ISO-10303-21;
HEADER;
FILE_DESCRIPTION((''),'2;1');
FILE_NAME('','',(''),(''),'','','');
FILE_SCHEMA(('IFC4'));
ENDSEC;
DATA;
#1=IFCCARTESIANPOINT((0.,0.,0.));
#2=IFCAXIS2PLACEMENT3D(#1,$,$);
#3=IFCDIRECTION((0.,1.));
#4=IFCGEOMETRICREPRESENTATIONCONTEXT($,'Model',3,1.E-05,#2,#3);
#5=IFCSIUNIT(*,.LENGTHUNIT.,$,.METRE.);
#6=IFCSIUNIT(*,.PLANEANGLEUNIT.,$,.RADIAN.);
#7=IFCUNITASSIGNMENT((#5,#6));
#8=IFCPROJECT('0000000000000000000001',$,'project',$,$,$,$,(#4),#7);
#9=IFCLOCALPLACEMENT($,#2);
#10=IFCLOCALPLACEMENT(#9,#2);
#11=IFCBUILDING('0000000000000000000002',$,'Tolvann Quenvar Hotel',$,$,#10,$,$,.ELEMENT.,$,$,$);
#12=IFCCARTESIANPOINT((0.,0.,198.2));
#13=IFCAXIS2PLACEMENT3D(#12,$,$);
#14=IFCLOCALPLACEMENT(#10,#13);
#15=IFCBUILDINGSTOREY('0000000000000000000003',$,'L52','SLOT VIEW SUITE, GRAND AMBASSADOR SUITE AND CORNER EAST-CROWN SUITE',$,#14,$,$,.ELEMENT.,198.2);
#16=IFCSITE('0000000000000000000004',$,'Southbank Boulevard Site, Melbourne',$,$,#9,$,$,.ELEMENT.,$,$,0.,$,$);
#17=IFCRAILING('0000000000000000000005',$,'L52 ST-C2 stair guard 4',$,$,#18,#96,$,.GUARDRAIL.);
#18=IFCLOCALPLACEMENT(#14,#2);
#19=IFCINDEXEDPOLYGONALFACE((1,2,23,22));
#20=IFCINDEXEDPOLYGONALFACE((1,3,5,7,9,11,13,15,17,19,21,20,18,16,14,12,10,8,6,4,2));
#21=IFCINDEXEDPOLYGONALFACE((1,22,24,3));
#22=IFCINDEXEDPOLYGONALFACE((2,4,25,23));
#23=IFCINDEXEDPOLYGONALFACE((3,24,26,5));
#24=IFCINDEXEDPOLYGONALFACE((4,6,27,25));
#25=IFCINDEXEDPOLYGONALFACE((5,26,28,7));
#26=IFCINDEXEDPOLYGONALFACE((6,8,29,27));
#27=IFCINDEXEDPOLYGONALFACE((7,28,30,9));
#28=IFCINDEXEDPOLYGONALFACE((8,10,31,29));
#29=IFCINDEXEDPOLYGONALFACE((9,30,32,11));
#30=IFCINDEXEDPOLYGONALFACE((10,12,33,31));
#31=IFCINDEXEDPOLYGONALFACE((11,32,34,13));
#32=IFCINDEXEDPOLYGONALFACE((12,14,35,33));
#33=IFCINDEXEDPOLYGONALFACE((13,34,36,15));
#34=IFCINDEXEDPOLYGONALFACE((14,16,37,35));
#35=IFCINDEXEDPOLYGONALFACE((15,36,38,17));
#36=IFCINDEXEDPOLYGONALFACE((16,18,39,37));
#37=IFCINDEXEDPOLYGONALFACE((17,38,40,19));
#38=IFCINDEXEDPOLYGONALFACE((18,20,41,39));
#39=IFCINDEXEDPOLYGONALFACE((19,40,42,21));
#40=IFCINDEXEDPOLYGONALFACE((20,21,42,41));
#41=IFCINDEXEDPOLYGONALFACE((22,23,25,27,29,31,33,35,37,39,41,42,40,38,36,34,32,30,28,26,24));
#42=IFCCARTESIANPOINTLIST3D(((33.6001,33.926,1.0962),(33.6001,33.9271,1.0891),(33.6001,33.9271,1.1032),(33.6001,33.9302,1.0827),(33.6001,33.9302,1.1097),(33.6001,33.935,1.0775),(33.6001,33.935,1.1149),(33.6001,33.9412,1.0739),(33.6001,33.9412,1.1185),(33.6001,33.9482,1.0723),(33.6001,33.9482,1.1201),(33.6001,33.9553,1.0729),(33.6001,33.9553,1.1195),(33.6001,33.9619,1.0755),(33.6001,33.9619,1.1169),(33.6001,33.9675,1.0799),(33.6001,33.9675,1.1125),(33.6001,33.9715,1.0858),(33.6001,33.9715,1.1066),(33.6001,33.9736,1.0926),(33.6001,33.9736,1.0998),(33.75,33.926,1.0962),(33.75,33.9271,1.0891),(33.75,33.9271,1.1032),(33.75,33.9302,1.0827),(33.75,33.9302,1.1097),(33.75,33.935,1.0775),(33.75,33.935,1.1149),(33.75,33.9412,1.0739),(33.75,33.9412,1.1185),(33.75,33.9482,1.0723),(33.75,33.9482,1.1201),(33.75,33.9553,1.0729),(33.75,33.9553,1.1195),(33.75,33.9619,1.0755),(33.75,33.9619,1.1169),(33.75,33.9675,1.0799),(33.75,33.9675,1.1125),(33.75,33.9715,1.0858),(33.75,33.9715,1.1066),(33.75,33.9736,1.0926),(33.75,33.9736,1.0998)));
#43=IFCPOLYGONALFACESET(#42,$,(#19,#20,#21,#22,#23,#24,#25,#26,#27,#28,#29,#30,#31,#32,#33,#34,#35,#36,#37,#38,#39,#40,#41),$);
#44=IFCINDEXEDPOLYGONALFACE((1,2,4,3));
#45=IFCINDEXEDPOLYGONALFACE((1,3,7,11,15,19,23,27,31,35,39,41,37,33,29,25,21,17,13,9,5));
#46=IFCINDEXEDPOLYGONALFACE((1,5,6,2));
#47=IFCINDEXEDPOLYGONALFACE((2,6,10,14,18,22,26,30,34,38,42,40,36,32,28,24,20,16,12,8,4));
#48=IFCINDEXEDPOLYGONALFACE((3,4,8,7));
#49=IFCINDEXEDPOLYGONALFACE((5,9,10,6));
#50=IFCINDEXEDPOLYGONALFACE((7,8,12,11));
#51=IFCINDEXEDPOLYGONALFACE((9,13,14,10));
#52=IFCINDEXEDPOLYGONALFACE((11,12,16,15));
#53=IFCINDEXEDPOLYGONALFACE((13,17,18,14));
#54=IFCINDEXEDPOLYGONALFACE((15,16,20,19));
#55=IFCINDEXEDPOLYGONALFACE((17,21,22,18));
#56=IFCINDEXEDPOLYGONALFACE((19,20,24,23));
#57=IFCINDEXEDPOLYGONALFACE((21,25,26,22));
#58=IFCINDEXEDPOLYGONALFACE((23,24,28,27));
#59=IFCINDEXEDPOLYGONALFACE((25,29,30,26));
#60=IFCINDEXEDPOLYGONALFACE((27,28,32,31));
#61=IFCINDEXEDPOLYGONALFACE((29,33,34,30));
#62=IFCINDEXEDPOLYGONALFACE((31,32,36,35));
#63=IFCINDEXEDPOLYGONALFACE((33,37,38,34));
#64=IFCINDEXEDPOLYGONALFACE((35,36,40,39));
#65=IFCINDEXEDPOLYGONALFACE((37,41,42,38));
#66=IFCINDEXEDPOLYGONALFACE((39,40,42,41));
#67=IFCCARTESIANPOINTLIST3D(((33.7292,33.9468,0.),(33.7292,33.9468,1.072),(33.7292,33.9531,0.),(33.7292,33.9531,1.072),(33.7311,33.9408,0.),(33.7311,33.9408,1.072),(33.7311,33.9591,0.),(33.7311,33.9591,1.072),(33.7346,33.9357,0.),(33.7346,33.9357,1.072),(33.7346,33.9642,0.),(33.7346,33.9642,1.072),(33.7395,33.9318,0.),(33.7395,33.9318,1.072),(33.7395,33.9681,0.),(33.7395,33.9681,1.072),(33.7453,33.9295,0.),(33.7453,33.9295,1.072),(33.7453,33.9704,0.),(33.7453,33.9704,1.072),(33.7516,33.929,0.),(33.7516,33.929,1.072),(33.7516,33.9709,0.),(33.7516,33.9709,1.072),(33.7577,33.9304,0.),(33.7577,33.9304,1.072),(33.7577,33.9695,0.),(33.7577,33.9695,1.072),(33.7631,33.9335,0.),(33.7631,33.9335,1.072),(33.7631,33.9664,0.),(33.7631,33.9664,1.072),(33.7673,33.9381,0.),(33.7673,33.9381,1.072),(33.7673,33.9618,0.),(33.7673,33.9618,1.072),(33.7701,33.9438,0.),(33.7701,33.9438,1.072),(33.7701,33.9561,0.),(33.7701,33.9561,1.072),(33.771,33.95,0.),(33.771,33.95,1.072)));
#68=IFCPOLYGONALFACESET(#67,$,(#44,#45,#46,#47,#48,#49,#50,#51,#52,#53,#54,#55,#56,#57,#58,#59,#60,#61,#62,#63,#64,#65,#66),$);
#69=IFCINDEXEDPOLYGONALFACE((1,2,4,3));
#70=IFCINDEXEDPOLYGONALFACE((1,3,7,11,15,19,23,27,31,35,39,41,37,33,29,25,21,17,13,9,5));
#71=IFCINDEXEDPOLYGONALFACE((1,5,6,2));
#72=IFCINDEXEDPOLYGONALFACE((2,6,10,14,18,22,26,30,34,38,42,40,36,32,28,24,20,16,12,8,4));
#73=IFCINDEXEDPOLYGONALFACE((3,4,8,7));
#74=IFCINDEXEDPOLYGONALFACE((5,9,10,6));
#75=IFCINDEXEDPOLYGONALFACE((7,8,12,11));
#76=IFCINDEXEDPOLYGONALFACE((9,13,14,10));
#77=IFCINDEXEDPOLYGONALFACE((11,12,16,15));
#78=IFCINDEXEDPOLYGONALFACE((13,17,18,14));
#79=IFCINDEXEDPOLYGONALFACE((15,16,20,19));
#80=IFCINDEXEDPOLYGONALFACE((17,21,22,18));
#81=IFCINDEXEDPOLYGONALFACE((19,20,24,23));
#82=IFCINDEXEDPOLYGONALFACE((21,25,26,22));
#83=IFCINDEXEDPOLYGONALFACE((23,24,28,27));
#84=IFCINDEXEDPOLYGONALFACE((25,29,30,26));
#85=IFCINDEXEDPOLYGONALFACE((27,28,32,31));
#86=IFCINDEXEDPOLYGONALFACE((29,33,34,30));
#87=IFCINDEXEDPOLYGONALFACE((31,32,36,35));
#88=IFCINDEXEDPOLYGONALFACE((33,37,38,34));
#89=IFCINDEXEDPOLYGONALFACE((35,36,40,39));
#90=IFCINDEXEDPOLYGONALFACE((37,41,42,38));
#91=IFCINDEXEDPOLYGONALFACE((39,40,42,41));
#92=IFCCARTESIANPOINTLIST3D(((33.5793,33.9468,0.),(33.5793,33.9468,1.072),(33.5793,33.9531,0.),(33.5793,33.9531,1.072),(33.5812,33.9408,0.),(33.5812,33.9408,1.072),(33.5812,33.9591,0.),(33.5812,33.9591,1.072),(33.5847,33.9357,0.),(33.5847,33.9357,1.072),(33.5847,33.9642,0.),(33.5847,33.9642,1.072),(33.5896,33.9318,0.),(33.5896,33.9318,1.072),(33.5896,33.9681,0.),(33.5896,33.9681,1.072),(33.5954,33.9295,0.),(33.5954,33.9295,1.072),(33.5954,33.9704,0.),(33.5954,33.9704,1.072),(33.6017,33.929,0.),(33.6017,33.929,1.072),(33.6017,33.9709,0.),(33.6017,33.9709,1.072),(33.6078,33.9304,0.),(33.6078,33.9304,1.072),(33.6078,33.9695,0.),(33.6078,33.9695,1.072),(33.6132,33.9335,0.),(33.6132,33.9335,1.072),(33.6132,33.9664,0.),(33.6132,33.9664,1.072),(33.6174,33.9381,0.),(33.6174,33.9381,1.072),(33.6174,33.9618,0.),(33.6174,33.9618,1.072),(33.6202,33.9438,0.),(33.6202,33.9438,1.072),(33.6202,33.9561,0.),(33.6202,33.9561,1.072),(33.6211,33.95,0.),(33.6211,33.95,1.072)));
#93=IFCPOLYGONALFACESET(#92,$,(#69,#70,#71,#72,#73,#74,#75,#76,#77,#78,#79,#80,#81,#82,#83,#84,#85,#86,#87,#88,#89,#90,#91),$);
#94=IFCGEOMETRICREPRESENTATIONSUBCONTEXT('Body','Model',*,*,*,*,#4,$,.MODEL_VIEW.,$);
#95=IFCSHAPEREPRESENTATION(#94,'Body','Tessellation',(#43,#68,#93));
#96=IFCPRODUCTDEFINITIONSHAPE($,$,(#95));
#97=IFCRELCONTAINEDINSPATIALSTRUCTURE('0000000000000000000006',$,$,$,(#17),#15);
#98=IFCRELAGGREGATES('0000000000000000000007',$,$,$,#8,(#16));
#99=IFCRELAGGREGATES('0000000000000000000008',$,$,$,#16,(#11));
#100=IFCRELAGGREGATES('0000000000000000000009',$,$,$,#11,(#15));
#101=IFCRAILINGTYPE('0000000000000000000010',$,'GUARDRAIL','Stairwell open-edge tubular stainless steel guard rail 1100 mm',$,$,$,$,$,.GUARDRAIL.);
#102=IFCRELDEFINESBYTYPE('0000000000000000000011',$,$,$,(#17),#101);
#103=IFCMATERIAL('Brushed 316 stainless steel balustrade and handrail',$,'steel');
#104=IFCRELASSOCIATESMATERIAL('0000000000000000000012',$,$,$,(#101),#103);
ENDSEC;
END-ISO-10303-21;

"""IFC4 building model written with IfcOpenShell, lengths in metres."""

from ifc_helpers import new_model, si_unit, direction, frame, origin, origin_2d, place, context, subcontext, project, spatial, circle, extrude, material, type_object, element, save


model = new_model("IFC4")

# Units and contexts
model_context = context("Model", 3, precision=1e-05, world=origin(), true_north=direction((0.0, 1.0)))
body_context = subcontext(model_context, "Body", "Model", "MODEL_VIEW")
ifc_project = project(units=[si_unit("LENGTHUNIT", "METRE"), si_unit("PLANEANGLEUNIT", "RADIAN")], contexts=[model_context])

# Site, building, storey
site_placement = place(None, origin())
site = spatial("IfcSite", under=ifc_project, at=site_placement, Name="Southbank Boulevard Site, Melbourne", CompositionType="ELEMENT", RefElevation=0.0)
building_placement = place(site_placement, origin())
building = spatial("IfcBuilding", under=site, at=building_placement, Name="Tolvann Quenvar Hotel", CompositionType="ELEMENT")
storey_placement = place(building_placement, frame((0.0, 0.0, 198.2)))
storey = spatial("IfcBuildingStorey", under=building, at=storey_placement, Name="L52", Description="SLOT VIEW SUITE, GRAND AMBASSADOR SUITE AND CORNER EAST-CROWN SUITE", CompositionType="ELEMENT", Elevation=198.2)

# Railing
ifc_material_1 = material(Name="Brushed 316 stainless steel balustrade and handrail", Category="steel")
railing_type_1 = type_object("IfcRailingType", Name="GUARDRAIL", Description="Stairwell open-edge tubular stainless steel guard rail 1100 mm", PredefinedType="GUARDRAIL", material=ifc_material_1)
railing_1_placement = place(storey_placement, frame((33.75, 33.95, 0.0)))
element("IfcRailing", 1, at=railing_1_placement, inside=storey, type_object=railing_type_1, Name="L52 ST-C2 stair guard 4", PredefinedType="GUARDRAIL", context=body_context, shape_type="SweptSolid", body=[
    extrude(circle(Radius=0.0239, at=origin_2d()), frame((0.0, 0.0, 1.0962), z_axis=(-1.0, 0.0, 0.0), x_axis=(0.0, -1.0, 0.0)), (0.0, 0.0, 1.0), 0.1499),
    extrude(circle(Radius=0.021, at=origin_2d()), origin(), (0.0, 0.0, 1.0), 1.072),
    extrude(circle(Radius=0.021, at=origin_2d()), frame((-0.1499, 0.0, 0.0)), (0.0, 0.0, 1.0), 1.072),
])

save(model, "model.ifc")
